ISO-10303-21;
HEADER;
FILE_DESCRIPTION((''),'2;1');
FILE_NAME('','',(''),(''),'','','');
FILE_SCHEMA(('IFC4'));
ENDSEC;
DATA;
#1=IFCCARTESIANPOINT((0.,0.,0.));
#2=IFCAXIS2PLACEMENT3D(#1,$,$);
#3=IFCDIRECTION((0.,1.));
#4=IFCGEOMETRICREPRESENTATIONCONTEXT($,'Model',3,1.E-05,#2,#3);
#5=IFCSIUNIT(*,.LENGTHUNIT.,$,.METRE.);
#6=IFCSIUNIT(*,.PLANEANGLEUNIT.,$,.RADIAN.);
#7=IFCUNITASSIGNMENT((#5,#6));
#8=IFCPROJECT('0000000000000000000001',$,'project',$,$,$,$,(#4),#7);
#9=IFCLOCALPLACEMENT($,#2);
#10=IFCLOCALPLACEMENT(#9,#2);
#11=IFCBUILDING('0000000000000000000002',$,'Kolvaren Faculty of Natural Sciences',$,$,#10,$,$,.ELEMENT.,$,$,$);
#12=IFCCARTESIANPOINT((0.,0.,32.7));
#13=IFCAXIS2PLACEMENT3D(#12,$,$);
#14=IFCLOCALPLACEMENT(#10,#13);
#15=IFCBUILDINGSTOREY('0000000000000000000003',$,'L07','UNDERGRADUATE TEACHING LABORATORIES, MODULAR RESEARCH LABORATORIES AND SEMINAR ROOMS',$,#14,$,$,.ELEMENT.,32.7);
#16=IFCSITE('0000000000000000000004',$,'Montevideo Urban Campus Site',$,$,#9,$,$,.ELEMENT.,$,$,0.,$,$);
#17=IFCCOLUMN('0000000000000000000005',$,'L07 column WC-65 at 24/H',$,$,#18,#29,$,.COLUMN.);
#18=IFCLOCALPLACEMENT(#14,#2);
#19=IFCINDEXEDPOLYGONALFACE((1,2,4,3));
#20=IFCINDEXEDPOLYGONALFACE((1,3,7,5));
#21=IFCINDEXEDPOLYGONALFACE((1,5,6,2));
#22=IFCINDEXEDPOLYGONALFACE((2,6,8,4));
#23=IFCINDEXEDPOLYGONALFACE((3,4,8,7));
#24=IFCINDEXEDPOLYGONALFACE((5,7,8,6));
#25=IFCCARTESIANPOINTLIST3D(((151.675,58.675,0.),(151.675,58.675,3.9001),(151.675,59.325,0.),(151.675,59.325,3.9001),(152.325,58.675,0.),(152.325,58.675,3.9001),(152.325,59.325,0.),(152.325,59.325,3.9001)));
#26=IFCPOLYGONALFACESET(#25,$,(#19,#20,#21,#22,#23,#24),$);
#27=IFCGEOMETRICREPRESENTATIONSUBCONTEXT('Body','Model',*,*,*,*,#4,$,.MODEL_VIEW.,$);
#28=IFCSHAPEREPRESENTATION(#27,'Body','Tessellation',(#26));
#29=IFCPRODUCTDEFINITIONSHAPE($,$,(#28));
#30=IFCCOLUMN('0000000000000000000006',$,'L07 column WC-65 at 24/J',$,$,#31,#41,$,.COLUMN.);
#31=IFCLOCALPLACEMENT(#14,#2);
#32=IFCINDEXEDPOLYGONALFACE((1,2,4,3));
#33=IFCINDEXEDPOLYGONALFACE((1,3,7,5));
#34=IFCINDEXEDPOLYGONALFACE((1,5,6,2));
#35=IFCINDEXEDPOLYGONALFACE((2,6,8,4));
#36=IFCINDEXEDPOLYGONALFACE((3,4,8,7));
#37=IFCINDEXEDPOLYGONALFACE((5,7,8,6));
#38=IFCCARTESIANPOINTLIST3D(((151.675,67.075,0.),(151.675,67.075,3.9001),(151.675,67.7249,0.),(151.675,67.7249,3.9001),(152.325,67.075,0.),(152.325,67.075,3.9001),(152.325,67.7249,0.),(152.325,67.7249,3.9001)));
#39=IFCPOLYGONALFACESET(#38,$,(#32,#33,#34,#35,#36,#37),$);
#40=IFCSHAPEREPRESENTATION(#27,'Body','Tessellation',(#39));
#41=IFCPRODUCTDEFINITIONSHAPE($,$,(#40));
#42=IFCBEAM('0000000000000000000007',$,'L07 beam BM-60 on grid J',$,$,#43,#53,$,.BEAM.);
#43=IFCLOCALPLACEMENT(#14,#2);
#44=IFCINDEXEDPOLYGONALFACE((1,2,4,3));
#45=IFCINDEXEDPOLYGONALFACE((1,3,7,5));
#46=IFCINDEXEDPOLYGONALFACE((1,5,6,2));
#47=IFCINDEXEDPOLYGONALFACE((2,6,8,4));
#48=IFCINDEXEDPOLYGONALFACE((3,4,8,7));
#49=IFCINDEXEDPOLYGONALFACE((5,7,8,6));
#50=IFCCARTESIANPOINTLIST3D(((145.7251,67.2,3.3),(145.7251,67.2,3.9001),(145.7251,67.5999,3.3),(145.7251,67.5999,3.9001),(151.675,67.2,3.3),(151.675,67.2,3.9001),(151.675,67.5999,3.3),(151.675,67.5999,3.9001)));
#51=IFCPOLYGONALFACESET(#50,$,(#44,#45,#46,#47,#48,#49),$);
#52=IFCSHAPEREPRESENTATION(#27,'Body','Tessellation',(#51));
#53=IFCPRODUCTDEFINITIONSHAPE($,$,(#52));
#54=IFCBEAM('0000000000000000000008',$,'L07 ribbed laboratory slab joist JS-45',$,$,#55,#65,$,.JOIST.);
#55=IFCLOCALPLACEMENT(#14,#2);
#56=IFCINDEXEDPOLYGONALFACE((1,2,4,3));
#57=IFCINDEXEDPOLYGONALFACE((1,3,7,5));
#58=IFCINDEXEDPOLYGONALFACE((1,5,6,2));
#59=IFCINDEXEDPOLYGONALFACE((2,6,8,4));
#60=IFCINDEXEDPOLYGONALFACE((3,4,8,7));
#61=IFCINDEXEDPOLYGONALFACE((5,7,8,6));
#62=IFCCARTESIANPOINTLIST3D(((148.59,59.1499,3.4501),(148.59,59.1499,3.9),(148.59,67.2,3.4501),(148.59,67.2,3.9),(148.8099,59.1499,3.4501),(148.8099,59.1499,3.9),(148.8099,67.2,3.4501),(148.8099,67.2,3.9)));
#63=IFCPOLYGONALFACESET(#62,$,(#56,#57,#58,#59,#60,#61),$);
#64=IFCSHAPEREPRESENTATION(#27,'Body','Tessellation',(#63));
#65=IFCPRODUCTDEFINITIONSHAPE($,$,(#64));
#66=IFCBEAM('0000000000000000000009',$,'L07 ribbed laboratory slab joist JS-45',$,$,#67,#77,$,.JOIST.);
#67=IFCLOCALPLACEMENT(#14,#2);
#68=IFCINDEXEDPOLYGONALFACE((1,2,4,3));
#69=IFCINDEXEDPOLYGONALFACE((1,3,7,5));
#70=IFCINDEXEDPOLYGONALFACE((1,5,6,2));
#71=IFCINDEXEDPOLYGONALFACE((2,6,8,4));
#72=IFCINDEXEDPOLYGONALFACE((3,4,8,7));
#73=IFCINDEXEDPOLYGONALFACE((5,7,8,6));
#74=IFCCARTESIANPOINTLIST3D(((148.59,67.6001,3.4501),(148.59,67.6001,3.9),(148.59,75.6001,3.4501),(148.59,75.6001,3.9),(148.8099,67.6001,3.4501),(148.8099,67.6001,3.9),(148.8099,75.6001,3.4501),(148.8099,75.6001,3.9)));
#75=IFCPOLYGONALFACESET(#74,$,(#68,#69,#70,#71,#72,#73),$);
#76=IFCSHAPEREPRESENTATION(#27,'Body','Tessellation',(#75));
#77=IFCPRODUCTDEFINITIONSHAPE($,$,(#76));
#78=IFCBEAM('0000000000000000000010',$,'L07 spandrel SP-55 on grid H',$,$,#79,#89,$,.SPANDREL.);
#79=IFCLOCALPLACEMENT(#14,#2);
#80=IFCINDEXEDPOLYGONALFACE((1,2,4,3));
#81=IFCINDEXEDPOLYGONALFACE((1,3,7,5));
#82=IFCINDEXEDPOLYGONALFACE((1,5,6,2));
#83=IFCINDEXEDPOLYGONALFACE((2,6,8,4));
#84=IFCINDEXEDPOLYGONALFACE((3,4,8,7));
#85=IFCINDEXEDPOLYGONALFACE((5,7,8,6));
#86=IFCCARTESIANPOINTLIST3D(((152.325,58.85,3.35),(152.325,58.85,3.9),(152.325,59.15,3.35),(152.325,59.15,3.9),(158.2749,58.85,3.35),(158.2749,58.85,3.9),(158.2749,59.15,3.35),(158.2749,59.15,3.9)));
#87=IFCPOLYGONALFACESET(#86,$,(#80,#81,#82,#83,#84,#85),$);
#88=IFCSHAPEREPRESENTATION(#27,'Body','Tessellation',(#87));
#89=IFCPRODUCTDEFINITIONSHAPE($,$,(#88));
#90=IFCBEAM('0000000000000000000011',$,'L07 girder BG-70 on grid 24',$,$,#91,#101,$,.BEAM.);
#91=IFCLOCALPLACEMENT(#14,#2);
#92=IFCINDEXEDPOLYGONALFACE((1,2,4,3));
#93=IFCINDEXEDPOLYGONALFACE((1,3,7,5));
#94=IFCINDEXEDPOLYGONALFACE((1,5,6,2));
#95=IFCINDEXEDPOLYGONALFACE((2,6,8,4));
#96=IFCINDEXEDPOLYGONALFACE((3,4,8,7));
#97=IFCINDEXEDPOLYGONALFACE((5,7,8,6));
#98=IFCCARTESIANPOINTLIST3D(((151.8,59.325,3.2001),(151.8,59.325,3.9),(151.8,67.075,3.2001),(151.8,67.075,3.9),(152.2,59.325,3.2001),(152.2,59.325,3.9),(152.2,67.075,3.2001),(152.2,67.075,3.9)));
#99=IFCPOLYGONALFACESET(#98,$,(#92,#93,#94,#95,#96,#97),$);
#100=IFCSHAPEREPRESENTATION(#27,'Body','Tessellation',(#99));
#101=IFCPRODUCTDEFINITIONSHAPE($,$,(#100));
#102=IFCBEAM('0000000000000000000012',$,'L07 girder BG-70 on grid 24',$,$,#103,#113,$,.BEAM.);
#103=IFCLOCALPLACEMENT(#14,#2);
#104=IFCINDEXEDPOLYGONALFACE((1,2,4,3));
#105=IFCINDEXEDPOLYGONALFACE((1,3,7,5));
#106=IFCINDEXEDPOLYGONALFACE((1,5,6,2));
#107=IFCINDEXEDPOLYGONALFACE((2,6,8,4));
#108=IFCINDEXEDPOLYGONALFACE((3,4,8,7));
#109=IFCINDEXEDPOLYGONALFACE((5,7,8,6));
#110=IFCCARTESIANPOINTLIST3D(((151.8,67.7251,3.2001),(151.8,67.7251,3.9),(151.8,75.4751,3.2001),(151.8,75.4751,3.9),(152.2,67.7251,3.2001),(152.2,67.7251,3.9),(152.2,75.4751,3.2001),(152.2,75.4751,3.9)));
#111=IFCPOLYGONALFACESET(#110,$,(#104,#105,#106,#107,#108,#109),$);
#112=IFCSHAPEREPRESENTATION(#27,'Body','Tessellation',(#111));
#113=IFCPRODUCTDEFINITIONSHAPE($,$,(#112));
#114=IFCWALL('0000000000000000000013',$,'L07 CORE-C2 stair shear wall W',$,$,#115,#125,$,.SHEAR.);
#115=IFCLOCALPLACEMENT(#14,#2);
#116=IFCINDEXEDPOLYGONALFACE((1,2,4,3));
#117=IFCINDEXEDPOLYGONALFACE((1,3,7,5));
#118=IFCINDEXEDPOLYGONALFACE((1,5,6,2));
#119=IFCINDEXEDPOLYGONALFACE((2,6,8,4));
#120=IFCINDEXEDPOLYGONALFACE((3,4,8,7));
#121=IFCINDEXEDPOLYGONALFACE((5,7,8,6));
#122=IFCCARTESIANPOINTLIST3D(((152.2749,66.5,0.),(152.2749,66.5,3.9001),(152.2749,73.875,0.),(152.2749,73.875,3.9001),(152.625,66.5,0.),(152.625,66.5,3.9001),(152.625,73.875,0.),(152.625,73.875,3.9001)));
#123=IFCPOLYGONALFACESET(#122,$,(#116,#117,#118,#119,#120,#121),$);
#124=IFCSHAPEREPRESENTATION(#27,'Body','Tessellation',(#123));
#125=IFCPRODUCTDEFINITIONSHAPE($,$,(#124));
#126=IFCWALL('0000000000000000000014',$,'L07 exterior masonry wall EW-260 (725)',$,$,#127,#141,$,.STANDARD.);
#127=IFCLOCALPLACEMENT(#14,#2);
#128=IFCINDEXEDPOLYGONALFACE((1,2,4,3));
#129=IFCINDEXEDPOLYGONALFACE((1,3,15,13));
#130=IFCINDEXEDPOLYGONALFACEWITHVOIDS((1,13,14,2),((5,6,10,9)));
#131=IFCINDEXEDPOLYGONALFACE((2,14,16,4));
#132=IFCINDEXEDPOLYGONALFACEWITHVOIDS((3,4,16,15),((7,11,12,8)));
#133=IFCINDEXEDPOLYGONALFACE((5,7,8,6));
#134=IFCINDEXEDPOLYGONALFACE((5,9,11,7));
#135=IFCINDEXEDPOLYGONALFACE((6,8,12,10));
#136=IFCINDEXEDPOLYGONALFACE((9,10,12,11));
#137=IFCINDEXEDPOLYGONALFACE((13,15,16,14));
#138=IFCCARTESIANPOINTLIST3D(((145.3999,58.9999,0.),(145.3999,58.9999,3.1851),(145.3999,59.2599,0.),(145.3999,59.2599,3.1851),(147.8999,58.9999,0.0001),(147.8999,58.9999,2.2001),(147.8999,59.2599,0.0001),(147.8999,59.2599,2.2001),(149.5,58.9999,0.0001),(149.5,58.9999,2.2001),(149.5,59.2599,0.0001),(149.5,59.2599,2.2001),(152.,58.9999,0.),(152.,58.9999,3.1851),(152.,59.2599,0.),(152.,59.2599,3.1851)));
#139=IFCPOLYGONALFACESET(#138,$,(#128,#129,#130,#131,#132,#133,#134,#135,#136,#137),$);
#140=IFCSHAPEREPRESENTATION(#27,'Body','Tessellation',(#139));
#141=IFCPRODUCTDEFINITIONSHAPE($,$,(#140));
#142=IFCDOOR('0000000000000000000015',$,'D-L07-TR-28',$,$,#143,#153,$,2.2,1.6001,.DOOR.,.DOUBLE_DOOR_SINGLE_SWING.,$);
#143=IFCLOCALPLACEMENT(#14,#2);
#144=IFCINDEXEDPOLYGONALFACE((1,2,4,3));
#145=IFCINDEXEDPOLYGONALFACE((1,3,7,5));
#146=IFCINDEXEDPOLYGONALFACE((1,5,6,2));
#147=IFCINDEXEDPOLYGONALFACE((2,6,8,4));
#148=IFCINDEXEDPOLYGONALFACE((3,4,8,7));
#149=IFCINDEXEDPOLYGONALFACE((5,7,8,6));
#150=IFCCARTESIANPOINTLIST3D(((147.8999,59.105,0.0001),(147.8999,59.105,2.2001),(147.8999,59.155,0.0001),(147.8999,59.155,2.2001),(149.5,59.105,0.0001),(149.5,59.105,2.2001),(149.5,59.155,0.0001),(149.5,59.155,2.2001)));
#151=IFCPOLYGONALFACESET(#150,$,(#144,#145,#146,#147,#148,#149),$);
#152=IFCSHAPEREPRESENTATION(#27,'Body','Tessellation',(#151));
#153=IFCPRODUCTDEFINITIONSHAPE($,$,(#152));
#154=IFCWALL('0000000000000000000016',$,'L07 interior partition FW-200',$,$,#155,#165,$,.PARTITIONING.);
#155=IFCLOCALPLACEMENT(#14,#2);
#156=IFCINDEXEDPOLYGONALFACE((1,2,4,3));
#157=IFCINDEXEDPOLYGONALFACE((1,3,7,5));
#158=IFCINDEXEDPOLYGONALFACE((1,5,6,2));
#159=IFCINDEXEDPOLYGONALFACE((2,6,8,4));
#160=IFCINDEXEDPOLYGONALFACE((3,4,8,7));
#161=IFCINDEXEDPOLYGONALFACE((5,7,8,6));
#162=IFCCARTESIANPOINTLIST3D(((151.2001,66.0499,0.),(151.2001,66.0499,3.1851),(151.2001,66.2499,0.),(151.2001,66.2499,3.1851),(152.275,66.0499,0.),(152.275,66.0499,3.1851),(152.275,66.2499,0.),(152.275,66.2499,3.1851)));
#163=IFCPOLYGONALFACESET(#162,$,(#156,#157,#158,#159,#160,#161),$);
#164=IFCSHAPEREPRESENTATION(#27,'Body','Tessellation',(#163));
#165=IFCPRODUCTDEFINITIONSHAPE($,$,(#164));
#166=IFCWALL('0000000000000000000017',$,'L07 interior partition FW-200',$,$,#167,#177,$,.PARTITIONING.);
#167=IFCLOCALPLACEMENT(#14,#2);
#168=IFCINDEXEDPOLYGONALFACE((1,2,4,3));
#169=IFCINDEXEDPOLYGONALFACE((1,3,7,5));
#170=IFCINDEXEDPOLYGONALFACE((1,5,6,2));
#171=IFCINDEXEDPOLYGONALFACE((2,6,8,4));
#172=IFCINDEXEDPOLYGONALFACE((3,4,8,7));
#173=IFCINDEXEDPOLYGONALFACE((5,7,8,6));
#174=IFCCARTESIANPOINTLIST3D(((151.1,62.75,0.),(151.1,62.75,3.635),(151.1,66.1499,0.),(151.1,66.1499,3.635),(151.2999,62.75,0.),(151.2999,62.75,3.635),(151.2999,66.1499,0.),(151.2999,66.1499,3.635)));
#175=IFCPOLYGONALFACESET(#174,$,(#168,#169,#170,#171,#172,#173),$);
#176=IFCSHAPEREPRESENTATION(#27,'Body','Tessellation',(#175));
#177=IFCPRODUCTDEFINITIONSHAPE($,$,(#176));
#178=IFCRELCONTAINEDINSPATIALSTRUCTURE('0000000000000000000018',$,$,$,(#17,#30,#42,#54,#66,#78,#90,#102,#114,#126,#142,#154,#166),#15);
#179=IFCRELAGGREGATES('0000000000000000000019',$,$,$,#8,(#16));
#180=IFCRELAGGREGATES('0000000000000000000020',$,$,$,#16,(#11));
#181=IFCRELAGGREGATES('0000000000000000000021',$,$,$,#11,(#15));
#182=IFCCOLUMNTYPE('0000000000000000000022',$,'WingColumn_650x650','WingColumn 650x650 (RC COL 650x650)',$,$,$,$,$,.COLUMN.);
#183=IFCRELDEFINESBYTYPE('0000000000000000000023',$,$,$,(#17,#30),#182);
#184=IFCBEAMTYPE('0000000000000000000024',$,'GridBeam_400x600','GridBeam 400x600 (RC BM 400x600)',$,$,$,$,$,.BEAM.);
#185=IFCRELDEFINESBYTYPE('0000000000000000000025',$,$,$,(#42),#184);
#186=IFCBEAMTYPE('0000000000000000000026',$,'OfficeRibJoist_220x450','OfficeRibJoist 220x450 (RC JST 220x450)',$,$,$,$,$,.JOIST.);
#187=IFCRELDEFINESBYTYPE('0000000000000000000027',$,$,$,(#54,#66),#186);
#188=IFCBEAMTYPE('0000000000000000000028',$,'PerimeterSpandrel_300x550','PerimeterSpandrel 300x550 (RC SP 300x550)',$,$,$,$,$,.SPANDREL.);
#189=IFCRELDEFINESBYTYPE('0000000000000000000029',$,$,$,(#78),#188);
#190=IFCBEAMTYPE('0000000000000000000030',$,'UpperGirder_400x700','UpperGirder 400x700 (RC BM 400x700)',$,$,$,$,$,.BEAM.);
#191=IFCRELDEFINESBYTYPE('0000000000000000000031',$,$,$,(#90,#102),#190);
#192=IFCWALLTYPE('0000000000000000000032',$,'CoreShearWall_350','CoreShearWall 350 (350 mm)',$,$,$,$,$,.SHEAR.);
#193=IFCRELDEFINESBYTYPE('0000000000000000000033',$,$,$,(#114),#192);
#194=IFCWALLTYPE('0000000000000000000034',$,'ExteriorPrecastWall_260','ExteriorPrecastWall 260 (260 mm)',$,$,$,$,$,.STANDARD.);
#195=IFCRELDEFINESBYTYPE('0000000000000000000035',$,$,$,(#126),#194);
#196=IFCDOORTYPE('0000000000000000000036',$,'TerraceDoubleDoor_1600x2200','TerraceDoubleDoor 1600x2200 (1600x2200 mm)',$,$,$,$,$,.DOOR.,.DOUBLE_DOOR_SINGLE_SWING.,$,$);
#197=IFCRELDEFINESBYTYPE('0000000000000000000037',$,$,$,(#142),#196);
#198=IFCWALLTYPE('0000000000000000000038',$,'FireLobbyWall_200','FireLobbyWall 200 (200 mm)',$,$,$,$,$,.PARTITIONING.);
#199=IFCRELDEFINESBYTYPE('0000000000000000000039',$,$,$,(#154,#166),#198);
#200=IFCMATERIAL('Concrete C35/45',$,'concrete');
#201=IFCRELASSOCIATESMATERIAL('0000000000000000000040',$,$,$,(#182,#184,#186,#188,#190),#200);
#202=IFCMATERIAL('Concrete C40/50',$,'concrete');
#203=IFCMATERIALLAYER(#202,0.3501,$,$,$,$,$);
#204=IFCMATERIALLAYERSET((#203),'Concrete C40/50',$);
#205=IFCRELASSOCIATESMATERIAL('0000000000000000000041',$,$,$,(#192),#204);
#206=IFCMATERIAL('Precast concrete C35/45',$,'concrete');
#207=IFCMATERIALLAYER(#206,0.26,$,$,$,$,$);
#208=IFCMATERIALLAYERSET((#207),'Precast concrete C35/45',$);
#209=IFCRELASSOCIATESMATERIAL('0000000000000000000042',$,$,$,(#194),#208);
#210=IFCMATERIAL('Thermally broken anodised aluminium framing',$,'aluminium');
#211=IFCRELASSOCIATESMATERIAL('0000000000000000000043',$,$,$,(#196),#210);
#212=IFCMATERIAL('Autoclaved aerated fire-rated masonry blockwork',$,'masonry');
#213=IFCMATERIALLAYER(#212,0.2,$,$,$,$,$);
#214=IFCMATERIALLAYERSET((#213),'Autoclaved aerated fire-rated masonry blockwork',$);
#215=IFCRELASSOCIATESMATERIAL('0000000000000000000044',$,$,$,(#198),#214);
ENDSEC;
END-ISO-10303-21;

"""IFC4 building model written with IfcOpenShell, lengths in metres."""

from ifc_helpers import new_model, si_unit, direction, frame, frame_2d, origin, origin_2d, place, context, subcontext, project, spatial, rectangle, extrude, material, layer, layer_set, material_profile, profile_set, type_object, element, fill, save


model = new_model("IFC4")

# Units and contexts
model_context = context("Model", 3, precision=1e-05, world=origin(), true_north=direction((0.0, 1.0)))
body_context = subcontext(model_context, "Body", "Model", "MODEL_VIEW")
ifc_project = project(units=[si_unit("LENGTHUNIT", "METRE"), si_unit("PLANEANGLEUNIT", "RADIAN")], contexts=[model_context])

# Site, building, storey
site_placement = place(None, origin())
site = spatial("IfcSite", under=ifc_project, at=site_placement, Name="Montevideo Urban Campus Site", CompositionType="ELEMENT", RefElevation=0.0)
building_placement = place(site_placement, origin())
building = spatial("IfcBuilding", under=site, at=building_placement, Name="Kolvaren Faculty of Natural Sciences", CompositionType="ELEMENT")
storey_placement = place(building_placement, frame((0.0, 0.0, 32.7)))
storey = spatial("IfcBuildingStorey", under=building, at=storey_placement, Name="L07", Description="UNDERGRADUATE TEACHING LABORATORIES, MODULAR RESEARCH LABORATORIES AND SEMINAR ROOMS", CompositionType="ELEMENT", Elevation=32.7)

# Columns
ifc_material_1 = material(Name="Concrete C35/45", Category="concrete")
ifc_material_profile_1 = material_profile(ifc_material_1, rectangle(XDim=0.6499, YDim=0.6499, at=origin_2d()), Name="RC COL 650x650")
ifc_profile_set_1 = profile_set([ifc_material_profile_1], Name="Concrete C35/45")
column_type = type_object("IfcColumnType", Name="WingColumn_650x650", Description="WingColumn 650x650 (RC COL 650x650)", PredefinedType="COLUMN", material=ifc_profile_set_1)
for number, where, z_axis, x_axis, name in (
    (1, (152.0, 59.0, 0.0), (0.0, 0.0, 1.0), (1.0, 0.0, 0.0), "L07 column WC-65 at 24/H"),
    (2, (152.0, 67.3999, 0.0), (0.0, 0.0, 1.0), (1.0, 0.0, 0.0), "L07 column WC-65 at 24/J"),
):
    element("IfcColumn", number, at=place(storey_placement, frame(where, z_axis=z_axis, x_axis=x_axis)), inside=storey, type_object=column_type, Name=name, PredefinedType="COLUMN", context=body_context, shape_type="SweptSolid", body=[
        extrude(rectangle(XDim=0.6499, YDim=0.6499, at=origin_2d()), origin(), (0.0, 0.0, 1.0), 3.9001),
    ])

# Beams
ifc_material_profile_2 = material_profile(ifc_material_1, rectangle(XDim=0.3999, YDim=0.6001, at=origin_2d()), Name="RC BM 400x600")
ifc_profile_set_2 = profile_set([ifc_material_profile_2], Name="Concrete C35/45")
beam_type_1 = type_object("IfcBeamType", Name="GridBeam_400x600", Description="GridBeam 400x600 (RC BM 400x600)", PredefinedType="BEAM", material=ifc_profile_set_2)
beam_1_placement = place(storey_placement, frame((145.7251, 67.3999, 3.6001), z_axis=(1.0, 0.0, 0.0), x_axis=(0.0, 1.0, 0.0)))
element("IfcBeam", 3, at=beam_1_placement, inside=storey, type_object=beam_type_1, Name="L07 beam BM-60 on grid J", PredefinedType="BEAM", context=body_context, shape_type="SweptSolid", body=[
    extrude(rectangle(XDim=0.3999, YDim=0.6001, at=origin_2d()), origin(), (0.0, 0.0, 1.0), 5.95),
])
ifc_material_profile_3 = material_profile(ifc_material_1, rectangle(XDim=0.22, YDim=0.45, at=origin_2d()), Name="RC JST 220x450")
ifc_profile_set_3 = profile_set([ifc_material_profile_3], Name="Concrete C35/45")
beam_type_2 = type_object("IfcBeamType", Name="OfficeRibJoist_220x450", Description="OfficeRibJoist 220x450 (RC JST 220x450)", PredefinedType="JOIST", material=ifc_profile_set_3)
beam_2_placement = place(storey_placement, frame((148.7, 59.1499, 3.675), z_axis=(0.0, 1.0, 0.0), x_axis=(-1.0, 0.0, 0.0)))
element("IfcBeam", 4, at=beam_2_placement, inside=storey, type_object=beam_type_2, Name="L07 ribbed laboratory slab joist JS-45", PredefinedType="JOIST", context=body_context, shape_type="SweptSolid", body=[
    extrude(rectangle(XDim=0.22, YDim=0.45, at=origin_2d()), origin(), (0.0, 0.0, 1.0), 8.05),
])
beam_3_placement = place(storey_placement, frame((148.7, 67.6001, 3.675), z_axis=(0.0, 1.0, 0.0), x_axis=(-1.0, 0.0, 0.0)))
element("IfcBeam", 5, at=beam_3_placement, inside=storey, type_object=beam_type_2, Name="L07 ribbed laboratory slab joist JS-45", PredefinedType="JOIST", context=body_context, shape_type="SweptSolid", body=[
    extrude(rectangle(XDim=0.22, YDim=0.45, at=origin_2d()), origin(), (0.0, 0.0, 1.0), 8.0),
])
ifc_material_profile_4 = material_profile(ifc_material_1, rectangle(XDim=0.3, YDim=0.55, at=origin_2d()), Name="RC SP 300x550")
ifc_profile_set_4 = profile_set([ifc_material_profile_4], Name="Concrete C35/45")
beam_type_3 = type_object("IfcBeamType", Name="PerimeterSpandrel_300x550", Description="PerimeterSpandrel 300x550 (RC SP 300x550)", PredefinedType="SPANDREL", material=ifc_profile_set_4)
beam_4_placement = place(storey_placement, frame((152.325, 59.0, 3.625), z_axis=(1.0, 0.0, 0.0), x_axis=(0.0, 1.0, 0.0)))
element("IfcBeam", 6, at=beam_4_placement, inside=storey, type_object=beam_type_3, Name="L07 spandrel SP-55 on grid H", PredefinedType="SPANDREL", context=body_context, shape_type="SweptSolid", body=[
    extrude(rectangle(XDim=0.3, YDim=0.55, at=origin_2d()), origin(), (0.0, 0.0, 1.0), 5.95),
])
ifc_material_profile_5 = material_profile(ifc_material_1, rectangle(XDim=0.3999, YDim=0.7, at=origin_2d()), Name="RC BM 400x700")
ifc_profile_set_5 = profile_set([ifc_material_profile_5], Name="Concrete C35/45")
beam_type_4 = type_object("IfcBeamType", Name="UpperGirder_400x700", Description="UpperGirder 400x700 (RC BM 400x700)", PredefinedType="BEAM", material=ifc_profile_set_5)
for number, where, z_axis, x_axis, name in (
    (7, (152.0, 59.325, 3.55), (0.0, 1.0, 0.0), (-1.0, 0.0, 0.0), "L07 girder BG-70 on grid 24"),
    (8, (152.0, 67.7251, 3.55), (0.0, 1.0, 0.0), (-1.0, 0.0, 0.0), "L07 girder BG-70 on grid 24"),
):
    element("IfcBeam", number, at=place(storey_placement, frame(where, z_axis=z_axis, x_axis=x_axis)), inside=storey, type_object=beam_type_4, Name=name, PredefinedType="BEAM", context=body_context, shape_type="SweptSolid", body=[
        extrude(rectangle(XDim=0.3999, YDim=0.7, at=origin_2d()), origin(), (0.0, 0.0, 1.0), 7.75),
    ])

# Shared definitions
ifc_material_2 = material(Name="Concrete C40/50", Category="concrete")
ifc_layer_1 = layer(ifc_material_2, 0.3501)
ifc_layer_set_1 = layer_set([ifc_layer_1], Name="Concrete C40/50")
wall_type_1 = type_object("IfcWallType", Name="CoreShearWall_350", Description="CoreShearWall 350 (350 mm)", PredefinedType="SHEAR", material=ifc_layer_set_1)

# Wall
wall_1_placement = place(storey_placement, frame((152.45, 66.5, 0.0), z_axis=(0.0, 0.0, 1.0), x_axis=(0.0, 1.0, 0.0)))
element("IfcWall", 9, at=wall_1_placement, inside=storey, type_object=wall_type_1, Name="L07 CORE-C2 stair shear wall W", PredefinedType="SHEAR", context=body_context, shape_type="SweptSolid", body=[
    extrude(rectangle(XDim=7.375, YDim=0.3501, at=frame_2d((3.6875, 0.0))), origin(), (0.0, 0.0, 1.0), 3.9001),
])

# Wall, opening, door
ifc_material_3 = material(Name="Precast concrete C35/45", Category="concrete")
ifc_layer_2 = layer(ifc_material_3, 0.26)
ifc_layer_set_2 = layer_set([ifc_layer_2], Name="Precast concrete C35/45")
wall_type_2 = type_object("IfcWallType", Name="ExteriorPrecastWall_260", Description="ExteriorPrecastWall 260 (260 mm)", PredefinedType="STANDARD", material=ifc_layer_set_2)
wall_2_placement = place(storey_placement, frame((152.0, 59.1299, 0.0), z_axis=(0.0, 0.0, 1.0), x_axis=(-1.0, 0.0, 0.0)))
wall_2 = element("IfcWall", 10, at=wall_2_placement, inside=storey, type_object=wall_type_2, Name="L07 exterior masonry wall EW-260 (725)", PredefinedType="STANDARD", context=body_context, shape_type="SweptSolid", body=[
    extrude(rectangle(XDim=6.6001, YDim=0.26, at=frame_2d((3.3, 0.0))), origin(), (0.0, 0.0, 1.0), 3.1851),
])
opening_1_placement = place(wall_2_placement, frame((2.5, 0.0, 0.0)))
opening_1 = element("IfcOpeningElement", 11, at=opening_1_placement, cuts=wall_2, PredefinedType="OPENING", context=body_context, shape_type="SweptSolid", body=[
    extrude(rectangle(XDim=1.6001, YDim=2.2, at=frame_2d((0.8, 1.1001))), frame((0.0, 0.1399, 0.0), z_axis=(0.0, -1.0, 0.0), x_axis=(1.0, 0.0, 0.0)), (0.0, 0.0, 1.0), 0.28),
])
ifc_material_4 = material(Name="Thermally broken anodised aluminium framing", Category="aluminium")
door_type_1 = type_object("IfcDoorType", Name="TerraceDoubleDoor_1600x2200", Description="TerraceDoubleDoor 1600x2200 (1600x2200 mm)", OperationType="DOUBLE_DOOR_SINGLE_SWING", PredefinedType="DOOR", material=ifc_material_4)
door_1_placement = place(opening_1_placement, origin())
door_1 = element("IfcDoor", 12, at=door_1_placement, inside=storey, type_object=door_type_1, Name="D-L07-TR-28", OperationType="DOUBLE_DOOR_SINGLE_SWING", OverallHeight=2.2, OverallWidth=1.6001, PredefinedType="DOOR", context=body_context, shape_type="SweptSolid", body=[
    extrude(rectangle(XDim=1.6001, YDim=2.2, at=frame_2d((0.8, 1.1001))), frame((0.0, 0.0249, 0.0), z_axis=(0.0, -1.0, 0.0), x_axis=(1.0, 0.0, 0.0)), (0.0, 0.0, 1.0), 0.05),
])
fill(opening_1, door_1)

# Walls
ifc_material_5 = material(Name="Autoclaved aerated fire-rated masonry blockwork", Category="masonry")
ifc_layer_3 = layer(ifc_material_5, 0.2)
ifc_layer_set_3 = layer_set([ifc_layer_3], Name="Autoclaved aerated fire-rated masonry blockwork")
wall_type_3 = type_object("IfcWallType", Name="FireLobbyWall_200", Description="FireLobbyWall 200 (200 mm)", PredefinedType="PARTITIONING", material=ifc_layer_set_3)
wall_3_placement = place(storey_placement, frame((151.2, 66.1499, 0.0), z_axis=(0.0, 0.0, 1.0), x_axis=(1.0, 0.0, 0.0)))
element("IfcWall", 13, at=wall_3_placement, inside=storey, type_object=wall_type_3, Name="L07 interior partition FW-200", PredefinedType="PARTITIONING", context=body_context, shape_type="SweptSolid", body=[
    extrude(rectangle(XDim=1.075, YDim=0.2, at=frame_2d((0.5376, 0.0))), origin(), (0.0, 0.0, 1.0), 3.1851),
])
wall_4_placement = place(storey_placement, frame((151.2, 62.75, 0.0), z_axis=(0.0, 0.0, 1.0), x_axis=(0.0, 1.0, 0.0)))
element("IfcWall", 14, at=wall_4_placement, inside=storey, type_object=wall_type_3, Name="L07 interior partition FW-200", PredefinedType="PARTITIONING", context=body_context, shape_type="SweptSolid", body=[
    extrude(rectangle(XDim=3.3999, YDim=0.2, at=frame_2d((1.7, 0.0))), origin(), (0.0, 0.0, 1.0), 3.635),
])

save(model, "model.ifc")
